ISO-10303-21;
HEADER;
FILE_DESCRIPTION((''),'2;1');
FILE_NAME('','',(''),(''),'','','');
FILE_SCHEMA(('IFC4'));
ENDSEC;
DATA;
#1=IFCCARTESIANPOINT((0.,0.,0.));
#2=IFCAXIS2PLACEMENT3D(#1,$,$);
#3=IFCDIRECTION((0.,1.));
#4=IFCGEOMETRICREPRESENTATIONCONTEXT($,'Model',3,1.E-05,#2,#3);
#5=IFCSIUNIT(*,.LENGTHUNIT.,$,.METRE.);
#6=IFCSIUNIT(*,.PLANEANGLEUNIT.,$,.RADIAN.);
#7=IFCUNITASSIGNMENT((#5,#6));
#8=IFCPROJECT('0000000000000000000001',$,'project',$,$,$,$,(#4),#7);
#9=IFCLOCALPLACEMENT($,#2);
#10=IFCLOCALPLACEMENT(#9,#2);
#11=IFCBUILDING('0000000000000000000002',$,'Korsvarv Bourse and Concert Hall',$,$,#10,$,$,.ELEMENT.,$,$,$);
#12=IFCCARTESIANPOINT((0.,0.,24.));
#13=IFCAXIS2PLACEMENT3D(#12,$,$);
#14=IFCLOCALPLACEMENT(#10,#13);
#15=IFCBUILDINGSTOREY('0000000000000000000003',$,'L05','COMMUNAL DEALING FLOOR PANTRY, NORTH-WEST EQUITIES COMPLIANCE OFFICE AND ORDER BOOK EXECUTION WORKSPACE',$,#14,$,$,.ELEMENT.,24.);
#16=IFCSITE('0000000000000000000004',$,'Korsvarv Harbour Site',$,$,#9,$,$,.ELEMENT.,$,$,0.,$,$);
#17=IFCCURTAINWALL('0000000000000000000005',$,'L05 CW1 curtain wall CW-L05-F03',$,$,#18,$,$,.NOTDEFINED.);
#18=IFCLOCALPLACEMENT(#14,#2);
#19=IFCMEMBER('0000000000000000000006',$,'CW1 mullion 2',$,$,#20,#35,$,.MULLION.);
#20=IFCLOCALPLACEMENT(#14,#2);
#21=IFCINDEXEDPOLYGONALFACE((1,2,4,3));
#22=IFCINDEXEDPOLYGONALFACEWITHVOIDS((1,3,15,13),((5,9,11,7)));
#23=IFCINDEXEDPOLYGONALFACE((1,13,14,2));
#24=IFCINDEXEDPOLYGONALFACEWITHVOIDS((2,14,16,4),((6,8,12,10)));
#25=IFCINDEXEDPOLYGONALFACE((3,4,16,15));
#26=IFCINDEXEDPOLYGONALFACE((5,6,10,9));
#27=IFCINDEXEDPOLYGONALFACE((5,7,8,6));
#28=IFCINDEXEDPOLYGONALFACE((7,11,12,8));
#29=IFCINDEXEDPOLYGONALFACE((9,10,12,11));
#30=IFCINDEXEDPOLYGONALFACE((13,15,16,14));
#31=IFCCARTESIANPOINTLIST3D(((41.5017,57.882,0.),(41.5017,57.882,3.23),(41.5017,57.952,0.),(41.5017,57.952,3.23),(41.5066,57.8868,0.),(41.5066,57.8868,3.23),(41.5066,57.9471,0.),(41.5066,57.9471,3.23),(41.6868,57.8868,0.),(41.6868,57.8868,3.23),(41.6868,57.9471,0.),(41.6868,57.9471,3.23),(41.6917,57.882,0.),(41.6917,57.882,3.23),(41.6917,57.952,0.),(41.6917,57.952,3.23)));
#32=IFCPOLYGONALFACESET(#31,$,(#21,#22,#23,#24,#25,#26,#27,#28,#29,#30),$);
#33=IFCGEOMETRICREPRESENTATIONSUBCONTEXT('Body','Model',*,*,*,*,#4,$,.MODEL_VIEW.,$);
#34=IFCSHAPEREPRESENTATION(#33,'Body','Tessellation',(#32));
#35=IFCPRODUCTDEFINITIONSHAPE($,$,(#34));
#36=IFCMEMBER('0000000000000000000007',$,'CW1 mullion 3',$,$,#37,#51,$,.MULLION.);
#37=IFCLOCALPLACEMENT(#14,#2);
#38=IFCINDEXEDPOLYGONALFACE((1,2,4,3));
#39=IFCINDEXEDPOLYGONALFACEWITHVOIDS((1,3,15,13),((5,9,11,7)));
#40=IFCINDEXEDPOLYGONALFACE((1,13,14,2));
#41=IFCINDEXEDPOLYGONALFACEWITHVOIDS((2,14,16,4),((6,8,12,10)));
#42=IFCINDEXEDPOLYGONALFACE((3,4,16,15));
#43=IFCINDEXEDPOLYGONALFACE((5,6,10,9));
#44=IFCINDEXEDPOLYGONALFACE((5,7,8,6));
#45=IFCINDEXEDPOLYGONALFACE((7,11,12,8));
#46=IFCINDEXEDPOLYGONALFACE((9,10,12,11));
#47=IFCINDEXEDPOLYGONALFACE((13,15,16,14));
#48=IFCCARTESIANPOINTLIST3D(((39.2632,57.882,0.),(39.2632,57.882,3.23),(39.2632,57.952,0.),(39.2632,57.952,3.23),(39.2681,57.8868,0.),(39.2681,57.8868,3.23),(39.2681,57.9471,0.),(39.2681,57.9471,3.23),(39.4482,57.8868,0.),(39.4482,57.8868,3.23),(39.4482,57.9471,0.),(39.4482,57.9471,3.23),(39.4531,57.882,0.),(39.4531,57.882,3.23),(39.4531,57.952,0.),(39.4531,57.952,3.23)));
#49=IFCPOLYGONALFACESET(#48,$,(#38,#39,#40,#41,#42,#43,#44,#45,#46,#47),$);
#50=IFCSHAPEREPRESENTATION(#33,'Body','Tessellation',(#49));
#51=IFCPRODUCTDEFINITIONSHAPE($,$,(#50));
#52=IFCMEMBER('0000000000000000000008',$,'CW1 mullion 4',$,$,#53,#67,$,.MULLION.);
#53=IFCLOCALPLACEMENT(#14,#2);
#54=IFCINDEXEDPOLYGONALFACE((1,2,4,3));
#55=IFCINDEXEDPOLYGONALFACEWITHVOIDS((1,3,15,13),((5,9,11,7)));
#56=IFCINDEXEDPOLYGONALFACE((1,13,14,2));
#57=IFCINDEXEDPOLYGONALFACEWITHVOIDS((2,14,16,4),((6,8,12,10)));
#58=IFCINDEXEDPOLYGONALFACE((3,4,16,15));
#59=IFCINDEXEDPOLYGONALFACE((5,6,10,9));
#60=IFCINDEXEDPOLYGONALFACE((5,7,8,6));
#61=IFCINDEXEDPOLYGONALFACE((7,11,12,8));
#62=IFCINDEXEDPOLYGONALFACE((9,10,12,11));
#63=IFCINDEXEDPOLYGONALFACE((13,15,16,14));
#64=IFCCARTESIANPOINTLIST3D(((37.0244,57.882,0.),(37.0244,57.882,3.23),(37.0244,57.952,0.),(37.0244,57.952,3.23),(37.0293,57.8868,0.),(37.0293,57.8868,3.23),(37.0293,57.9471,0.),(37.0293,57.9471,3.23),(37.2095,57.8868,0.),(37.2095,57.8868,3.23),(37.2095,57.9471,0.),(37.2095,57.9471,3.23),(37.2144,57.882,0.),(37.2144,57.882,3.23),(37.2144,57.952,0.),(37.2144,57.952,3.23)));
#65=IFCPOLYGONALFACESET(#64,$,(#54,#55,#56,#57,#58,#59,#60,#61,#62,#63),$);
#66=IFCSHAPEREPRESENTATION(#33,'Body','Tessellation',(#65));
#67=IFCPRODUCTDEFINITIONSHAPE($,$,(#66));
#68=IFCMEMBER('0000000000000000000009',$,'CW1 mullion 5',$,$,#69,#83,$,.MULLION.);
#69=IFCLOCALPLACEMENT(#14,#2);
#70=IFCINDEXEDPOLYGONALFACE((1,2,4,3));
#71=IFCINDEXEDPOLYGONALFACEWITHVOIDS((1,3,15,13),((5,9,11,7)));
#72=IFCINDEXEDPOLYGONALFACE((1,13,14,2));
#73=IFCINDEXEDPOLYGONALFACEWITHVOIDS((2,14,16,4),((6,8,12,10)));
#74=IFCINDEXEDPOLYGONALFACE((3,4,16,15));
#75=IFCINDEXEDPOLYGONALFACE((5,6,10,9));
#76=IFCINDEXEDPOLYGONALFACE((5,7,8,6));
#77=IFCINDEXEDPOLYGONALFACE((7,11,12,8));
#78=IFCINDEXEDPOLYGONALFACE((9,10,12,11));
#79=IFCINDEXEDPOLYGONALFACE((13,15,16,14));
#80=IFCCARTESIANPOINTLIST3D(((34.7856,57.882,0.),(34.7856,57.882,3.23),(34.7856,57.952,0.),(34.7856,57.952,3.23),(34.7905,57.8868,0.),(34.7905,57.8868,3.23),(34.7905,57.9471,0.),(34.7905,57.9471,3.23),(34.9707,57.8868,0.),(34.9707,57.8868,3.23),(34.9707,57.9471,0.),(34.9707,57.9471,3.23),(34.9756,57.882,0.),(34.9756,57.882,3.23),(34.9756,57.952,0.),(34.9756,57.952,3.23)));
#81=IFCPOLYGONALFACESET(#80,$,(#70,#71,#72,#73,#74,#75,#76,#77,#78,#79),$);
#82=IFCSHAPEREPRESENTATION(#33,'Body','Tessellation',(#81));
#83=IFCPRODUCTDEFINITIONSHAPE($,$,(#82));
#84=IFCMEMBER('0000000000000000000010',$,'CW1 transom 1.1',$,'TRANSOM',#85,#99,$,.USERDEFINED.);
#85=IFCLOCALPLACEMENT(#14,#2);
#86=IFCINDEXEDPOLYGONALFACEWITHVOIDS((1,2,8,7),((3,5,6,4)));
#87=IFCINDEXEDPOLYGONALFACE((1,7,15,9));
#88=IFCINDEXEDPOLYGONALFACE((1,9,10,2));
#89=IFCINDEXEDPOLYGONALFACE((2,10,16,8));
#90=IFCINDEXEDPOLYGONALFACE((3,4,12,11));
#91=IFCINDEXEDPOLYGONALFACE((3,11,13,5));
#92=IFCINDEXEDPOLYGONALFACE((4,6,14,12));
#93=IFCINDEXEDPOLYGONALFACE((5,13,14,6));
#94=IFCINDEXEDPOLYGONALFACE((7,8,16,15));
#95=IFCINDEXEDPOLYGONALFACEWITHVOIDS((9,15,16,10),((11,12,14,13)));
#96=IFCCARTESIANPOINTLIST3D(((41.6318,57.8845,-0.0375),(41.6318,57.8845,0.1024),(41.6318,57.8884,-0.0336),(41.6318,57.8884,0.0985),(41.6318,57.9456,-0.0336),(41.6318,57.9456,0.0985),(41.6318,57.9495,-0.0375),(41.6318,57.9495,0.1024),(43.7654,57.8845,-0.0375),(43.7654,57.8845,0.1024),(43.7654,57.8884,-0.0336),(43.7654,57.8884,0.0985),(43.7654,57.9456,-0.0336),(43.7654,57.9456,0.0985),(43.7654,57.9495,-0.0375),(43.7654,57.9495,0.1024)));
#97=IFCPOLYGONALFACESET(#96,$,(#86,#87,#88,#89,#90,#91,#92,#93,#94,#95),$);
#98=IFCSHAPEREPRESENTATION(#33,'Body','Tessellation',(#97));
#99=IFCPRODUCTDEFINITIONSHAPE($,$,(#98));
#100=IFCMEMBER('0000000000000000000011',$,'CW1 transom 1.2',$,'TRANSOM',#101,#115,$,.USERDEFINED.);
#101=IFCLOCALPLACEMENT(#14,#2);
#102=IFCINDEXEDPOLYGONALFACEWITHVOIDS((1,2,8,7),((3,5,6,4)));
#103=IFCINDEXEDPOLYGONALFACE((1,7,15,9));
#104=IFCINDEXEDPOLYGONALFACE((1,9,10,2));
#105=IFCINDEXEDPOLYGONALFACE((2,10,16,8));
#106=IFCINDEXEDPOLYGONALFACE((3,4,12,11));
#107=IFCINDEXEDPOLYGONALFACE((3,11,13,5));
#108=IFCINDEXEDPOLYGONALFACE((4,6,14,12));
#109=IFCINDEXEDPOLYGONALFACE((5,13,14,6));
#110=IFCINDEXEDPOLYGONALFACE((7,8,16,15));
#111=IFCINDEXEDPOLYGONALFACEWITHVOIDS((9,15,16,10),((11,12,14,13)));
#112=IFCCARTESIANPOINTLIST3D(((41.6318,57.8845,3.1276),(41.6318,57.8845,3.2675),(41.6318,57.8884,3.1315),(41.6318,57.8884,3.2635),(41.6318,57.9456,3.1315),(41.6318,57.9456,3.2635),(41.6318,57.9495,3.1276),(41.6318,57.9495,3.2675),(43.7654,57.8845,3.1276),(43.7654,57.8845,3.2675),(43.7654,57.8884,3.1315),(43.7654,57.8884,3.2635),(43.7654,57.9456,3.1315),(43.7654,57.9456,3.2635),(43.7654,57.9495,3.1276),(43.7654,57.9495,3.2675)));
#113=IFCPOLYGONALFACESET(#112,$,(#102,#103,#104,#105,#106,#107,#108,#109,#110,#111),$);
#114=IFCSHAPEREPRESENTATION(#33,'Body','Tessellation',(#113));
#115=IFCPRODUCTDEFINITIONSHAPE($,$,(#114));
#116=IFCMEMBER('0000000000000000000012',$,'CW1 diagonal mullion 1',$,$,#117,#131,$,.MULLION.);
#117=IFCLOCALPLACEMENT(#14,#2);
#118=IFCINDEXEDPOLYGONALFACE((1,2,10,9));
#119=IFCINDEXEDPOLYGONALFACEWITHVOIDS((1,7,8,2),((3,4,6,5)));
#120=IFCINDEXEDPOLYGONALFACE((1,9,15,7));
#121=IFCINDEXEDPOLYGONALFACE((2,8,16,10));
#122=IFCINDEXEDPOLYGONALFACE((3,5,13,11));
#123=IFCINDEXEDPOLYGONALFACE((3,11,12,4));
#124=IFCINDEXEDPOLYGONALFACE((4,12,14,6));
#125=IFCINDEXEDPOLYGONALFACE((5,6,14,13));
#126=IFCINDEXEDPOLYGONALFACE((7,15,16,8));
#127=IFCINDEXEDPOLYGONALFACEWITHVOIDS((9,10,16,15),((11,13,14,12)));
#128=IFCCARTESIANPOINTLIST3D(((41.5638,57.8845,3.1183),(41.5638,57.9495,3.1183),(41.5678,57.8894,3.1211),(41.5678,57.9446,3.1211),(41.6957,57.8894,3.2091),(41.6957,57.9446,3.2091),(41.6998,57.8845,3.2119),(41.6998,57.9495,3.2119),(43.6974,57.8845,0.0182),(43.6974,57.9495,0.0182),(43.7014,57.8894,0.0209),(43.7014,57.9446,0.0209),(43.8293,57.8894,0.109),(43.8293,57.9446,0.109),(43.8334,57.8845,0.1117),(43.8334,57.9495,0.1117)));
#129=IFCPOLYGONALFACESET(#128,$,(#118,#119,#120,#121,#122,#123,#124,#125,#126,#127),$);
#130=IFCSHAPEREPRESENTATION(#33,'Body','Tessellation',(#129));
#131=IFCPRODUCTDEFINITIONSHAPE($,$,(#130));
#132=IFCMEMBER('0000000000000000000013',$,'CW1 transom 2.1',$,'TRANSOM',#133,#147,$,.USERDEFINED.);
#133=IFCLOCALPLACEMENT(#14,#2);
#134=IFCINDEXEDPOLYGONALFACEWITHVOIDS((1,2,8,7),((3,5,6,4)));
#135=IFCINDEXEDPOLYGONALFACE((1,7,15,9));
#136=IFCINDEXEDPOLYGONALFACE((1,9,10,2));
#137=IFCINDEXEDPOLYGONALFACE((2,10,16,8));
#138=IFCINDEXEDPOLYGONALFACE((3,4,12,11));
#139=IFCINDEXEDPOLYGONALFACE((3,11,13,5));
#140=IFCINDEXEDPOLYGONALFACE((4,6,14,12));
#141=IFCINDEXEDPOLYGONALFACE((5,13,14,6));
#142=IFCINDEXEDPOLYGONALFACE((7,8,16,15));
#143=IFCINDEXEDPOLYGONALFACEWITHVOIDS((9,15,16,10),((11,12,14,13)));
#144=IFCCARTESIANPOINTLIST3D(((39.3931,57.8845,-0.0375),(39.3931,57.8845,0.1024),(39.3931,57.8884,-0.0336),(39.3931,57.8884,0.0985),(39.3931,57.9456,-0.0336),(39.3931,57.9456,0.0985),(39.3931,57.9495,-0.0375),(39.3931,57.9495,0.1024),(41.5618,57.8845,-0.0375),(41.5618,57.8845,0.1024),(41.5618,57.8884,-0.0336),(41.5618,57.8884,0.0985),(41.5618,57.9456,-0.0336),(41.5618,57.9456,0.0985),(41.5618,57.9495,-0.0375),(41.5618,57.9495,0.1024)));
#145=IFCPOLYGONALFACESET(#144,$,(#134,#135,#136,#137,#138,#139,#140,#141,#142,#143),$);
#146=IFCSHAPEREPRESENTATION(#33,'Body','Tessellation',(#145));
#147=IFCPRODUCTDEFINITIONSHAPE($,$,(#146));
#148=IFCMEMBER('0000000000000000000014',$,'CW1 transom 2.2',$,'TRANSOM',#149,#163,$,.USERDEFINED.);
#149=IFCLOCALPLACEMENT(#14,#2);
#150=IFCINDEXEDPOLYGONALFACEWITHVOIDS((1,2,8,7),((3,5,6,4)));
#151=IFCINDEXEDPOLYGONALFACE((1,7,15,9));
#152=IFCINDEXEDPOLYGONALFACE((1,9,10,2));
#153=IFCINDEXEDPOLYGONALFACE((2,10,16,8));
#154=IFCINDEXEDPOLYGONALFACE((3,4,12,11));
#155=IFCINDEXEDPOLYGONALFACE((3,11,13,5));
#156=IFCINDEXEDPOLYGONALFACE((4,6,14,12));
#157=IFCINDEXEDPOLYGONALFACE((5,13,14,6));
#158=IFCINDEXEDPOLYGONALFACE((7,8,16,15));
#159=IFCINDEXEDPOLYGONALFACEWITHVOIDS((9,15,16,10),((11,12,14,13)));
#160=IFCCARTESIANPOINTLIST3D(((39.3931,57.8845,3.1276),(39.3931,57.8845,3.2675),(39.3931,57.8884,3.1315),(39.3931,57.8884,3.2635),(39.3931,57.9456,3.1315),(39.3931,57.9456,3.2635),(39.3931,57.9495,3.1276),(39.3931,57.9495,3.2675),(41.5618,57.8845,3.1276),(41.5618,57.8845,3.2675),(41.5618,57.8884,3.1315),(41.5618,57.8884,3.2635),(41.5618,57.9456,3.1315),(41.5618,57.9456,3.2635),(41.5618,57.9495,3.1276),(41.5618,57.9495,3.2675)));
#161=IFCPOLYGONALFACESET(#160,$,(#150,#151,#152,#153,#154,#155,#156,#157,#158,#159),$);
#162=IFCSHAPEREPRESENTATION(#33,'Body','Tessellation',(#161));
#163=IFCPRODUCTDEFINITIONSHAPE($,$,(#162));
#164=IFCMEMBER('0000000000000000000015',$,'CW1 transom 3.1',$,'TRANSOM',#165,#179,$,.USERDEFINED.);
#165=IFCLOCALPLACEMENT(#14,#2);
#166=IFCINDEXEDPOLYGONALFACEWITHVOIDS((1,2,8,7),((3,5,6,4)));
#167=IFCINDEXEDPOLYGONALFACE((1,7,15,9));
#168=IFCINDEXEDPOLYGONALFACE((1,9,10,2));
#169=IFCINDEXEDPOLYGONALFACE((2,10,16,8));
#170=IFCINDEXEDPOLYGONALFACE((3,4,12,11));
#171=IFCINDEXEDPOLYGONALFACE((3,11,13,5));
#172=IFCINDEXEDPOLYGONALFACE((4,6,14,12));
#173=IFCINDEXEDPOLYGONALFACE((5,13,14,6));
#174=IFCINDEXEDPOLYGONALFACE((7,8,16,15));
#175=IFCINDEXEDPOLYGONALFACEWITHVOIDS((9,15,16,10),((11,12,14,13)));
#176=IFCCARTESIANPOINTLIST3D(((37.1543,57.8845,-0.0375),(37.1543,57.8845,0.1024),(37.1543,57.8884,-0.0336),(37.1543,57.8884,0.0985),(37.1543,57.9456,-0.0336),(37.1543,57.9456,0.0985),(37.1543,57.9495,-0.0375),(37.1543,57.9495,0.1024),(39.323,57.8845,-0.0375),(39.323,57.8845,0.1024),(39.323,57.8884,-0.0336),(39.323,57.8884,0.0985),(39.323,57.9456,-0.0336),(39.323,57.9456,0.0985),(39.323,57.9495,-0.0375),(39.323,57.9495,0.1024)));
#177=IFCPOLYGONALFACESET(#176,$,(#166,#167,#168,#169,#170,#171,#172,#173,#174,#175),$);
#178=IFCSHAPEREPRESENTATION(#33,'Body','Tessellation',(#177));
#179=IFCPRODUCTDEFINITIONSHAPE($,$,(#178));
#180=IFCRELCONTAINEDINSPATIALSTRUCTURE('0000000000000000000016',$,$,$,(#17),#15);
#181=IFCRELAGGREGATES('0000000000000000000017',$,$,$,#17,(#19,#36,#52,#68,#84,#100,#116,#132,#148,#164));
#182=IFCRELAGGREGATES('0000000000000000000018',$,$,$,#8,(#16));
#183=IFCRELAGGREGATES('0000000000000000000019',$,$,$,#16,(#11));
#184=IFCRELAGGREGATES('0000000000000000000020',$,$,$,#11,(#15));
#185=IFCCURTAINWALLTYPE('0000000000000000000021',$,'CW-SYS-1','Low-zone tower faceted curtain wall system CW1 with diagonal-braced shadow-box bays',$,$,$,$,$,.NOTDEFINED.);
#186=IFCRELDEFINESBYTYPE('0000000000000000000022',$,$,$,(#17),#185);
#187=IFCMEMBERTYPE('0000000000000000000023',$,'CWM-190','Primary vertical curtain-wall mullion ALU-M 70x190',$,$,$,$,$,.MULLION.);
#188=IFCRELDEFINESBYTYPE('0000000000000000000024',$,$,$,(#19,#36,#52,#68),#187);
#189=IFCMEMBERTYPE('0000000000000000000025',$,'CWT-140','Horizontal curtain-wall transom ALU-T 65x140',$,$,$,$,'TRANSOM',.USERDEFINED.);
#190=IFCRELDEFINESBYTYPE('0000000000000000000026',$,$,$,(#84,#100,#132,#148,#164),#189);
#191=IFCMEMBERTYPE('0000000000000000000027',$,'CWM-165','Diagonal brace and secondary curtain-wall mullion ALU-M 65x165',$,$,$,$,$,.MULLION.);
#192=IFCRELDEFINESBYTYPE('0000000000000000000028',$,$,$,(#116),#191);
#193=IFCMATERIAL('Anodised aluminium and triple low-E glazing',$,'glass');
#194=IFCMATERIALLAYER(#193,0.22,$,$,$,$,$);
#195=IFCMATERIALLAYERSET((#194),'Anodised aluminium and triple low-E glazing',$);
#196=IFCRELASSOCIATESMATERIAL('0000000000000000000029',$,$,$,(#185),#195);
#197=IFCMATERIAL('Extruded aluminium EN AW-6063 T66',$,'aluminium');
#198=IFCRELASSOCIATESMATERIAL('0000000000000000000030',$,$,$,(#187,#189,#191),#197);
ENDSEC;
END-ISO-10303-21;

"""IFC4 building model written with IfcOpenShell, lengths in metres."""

from ifc_helpers import new_model, si_unit, direction, frame, origin, origin_2d, place, context, subcontext, project, spatial, hollow_rectangle, extrude, source, transform, mapped, material, layer, layer_set, material_profile, profile_set, type_object, element, aggregate, save


model = new_model("IFC4")

# Units and contexts
model_context = context("Model", 3, precision=1e-05, world=origin(), true_north=direction((0.0, 1.0)))
body_context = subcontext(model_context, "Body", "Model", "MODEL_VIEW")
ifc_project = project(units=[si_unit("LENGTHUNIT", "METRE"), si_unit("PLANEANGLEUNIT", "RADIAN")], contexts=[model_context])

# Site, building, storey
site_placement = place(None, origin())
site = spatial("IfcSite", under=ifc_project, at=site_placement, Name="Korsvarv Harbour Site", CompositionType="ELEMENT", RefElevation=0.0)
building_placement = place(site_placement, origin())
building = spatial("IfcBuilding", under=site, at=building_placement, Name="Korsvarv Bourse and Concert Hall", CompositionType="ELEMENT")
storey_placement = place(building_placement, frame((0.0, 0.0, 24.0)))
storey = spatial("IfcBuildingStorey", under=building, at=storey_placement, Name="L05", Description="COMMUNAL DEALING FLOOR PANTRY, NORTH-WEST EQUITIES COMPLIANCE OFFICE AND ORDER BOOK EXECUTION WORKSPACE", CompositionType="ELEMENT", Elevation=24.0)

# Curtain wall, members
ifc_material_1 = material(Name="Anodised aluminium and triple low-E glazing", Category="glass")
ifc_layer_1 = layer(ifc_material_1, 0.22)
ifc_layer_set_1 = layer_set([ifc_layer_1], Name="Anodised aluminium and triple low-E glazing")
curtain_wall_type = type_object("IfcCurtainWallType", Name="CW-SYS-1", Description="Low-zone tower faceted curtain wall system CW1 with diagonal-braced shadow-box bays", PredefinedType="NOTDEFINED", material=ifc_layer_set_1)
curtain_wall_placement = place(storey_placement, origin())
curtain_wall = element("IfcCurtainWall", 1, at=curtain_wall_placement, inside=storey, type_object=curtain_wall_type, Name="L05 CW1 curtain wall CW-L05-F03", PredefinedType="NOTDEFINED")
ifc_material_2 = material(Name="Extruded aluminium EN AW-6063 T66", Category="aluminium")
ifc_material_profile_1 = material_profile(ifc_material_2, hollow_rectangle(XDim=0.0701, YDim=0.1899, WallThickness=0.0049, at=origin_2d()), Name="ALU-M 70x190")
ifc_profile_set_1 = profile_set([ifc_material_profile_1], Name="Extruded aluminium EN AW-6063 T66")
member_type_1 = type_object("IfcMemberType", Name="CWM-190", Description="Primary vertical curtain-wall mullion ALU-M 70x190", PredefinedType="MULLION", material=ifc_profile_set_1)
shared_shape_1 = source(origin(), body_context, "Body", "SweptSolid", [
    extrude(hollow_rectangle(XDim=0.0701, YDim=0.1899, WallThickness=0.0049, at=origin_2d()), origin(), (0.0, 0.0, 1.0), 3.23),
])
member_1_placement = place(storey_placement, frame((41.5967, 57.917, 0.0), z_axis=(0.0, 0.0, 1.0), x_axis=(0.0, -1.0, 0.0)))
member_1 = element("IfcMember", 2, at=member_1_placement, type_object=member_type_1, Name="CW1 mullion 2", PredefinedType="MULLION", context=body_context, shape_type="MappedRepresentation", body=[
    mapped(shared_shape_1, transform((0.0, 0.0, 0.0), scale=1.0)),
])
member_2_placement = place(storey_placement, frame((39.3582, 57.917, 0.0), z_axis=(0.0, 0.0, 1.0), x_axis=(0.0, -1.0, 0.0)))
member_2 = element("IfcMember", 3, at=member_2_placement, type_object=member_type_1, Name="CW1 mullion 3", PredefinedType="MULLION", context=body_context, shape_type="MappedRepresentation", body=[
    mapped(shared_shape_1, transform((0.0, 0.0, 0.0), scale=1.0)),
])
member_3_placement = place(storey_placement, frame((37.1194, 57.917, 0.0), z_axis=(0.0, 0.0, 1.0), x_axis=(0.0, -1.0, 0.0)))
member_3 = element("IfcMember", 4, at=member_3_placement, type_object=member_type_1, Name="CW1 mullion 4", PredefinedType="MULLION", context=body_context, shape_type="MappedRepresentation", body=[
    mapped(shared_shape_1, transform((0.0, 0.0, 0.0), scale=1.0)),
])
member_4_placement = place(storey_placement, frame((34.8806, 57.917, 0.0), z_axis=(0.0, 0.0, 1.0), x_axis=(0.0, -1.0, 0.0)))
member_4 = element("IfcMember", 5, at=member_4_placement, type_object=member_type_1, Name="CW1 mullion 5", PredefinedType="MULLION", context=body_context, shape_type="MappedRepresentation", body=[
    mapped(shared_shape_1, transform((0.0, 0.0, 0.0), scale=1.0)),
])
ifc_material_profile_2 = material_profile(ifc_material_2, hollow_rectangle(XDim=0.0649, YDim=0.1399, WallThickness=0.0039, at=origin_2d()), Name="ALU-T 65x140")
ifc_profile_set_2 = profile_set([ifc_material_profile_2], Name="Extruded aluminium EN AW-6063 T66")
member_type_2 = type_object("IfcMemberType", Name="CWT-140", Description="Horizontal curtain-wall transom ALU-T 65x140", ElementType="TRANSOM", PredefinedType="USERDEFINED", material=ifc_profile_set_2)
shared_shape_2 = source(origin(), body_context, "Body", "SweptSolid", [
    extrude(hollow_rectangle(XDim=0.0649, YDim=0.1399, WallThickness=0.0039, at=origin_2d()), origin(), (0.0, 0.0, 1.0), 2.1335),
])
member_5_placement = place(storey_placement, frame((43.7654, 57.917, 0.0325), z_axis=(-1.0, 0.0, 0.0), x_axis=(0.0, -1.0, 0.0)))
member_5 = element("IfcMember", 6, at=member_5_placement, type_object=member_type_2, Name="CW1 transom 1.1", ObjectType="TRANSOM", PredefinedType="USERDEFINED", context=body_context, shape_type="MappedRepresentation", body=[
    mapped(shared_shape_2, transform((0.0, 0.0, 0.0), scale=1.0)),
])
member_6_placement = place(storey_placement, frame((43.7654, 57.917, 3.1975), z_axis=(-1.0, 0.0, 0.0), x_axis=(0.0, -1.0, 0.0)))
member_6 = element("IfcMember", 7, at=member_6_placement, type_object=member_type_2, Name="CW1 transom 1.2", ObjectType="TRANSOM", PredefinedType="USERDEFINED", context=body_context, shape_type="MappedRepresentation", body=[
    mapped(shared_shape_2, transform((0.0, 0.0, 0.0), scale=1.0)),
])
ifc_material_profile_3 = material_profile(ifc_material_2, hollow_rectangle(XDim=0.0649, YDim=0.165, WallThickness=0.0049, at=origin_2d()), Name="ALU-M 65x165")
ifc_profile_set_3 = profile_set([ifc_material_profile_3], Name="Extruded aluminium EN AW-6063 T66")
member_type_3 = type_object("IfcMemberType", Name="CWM-165", Description="Diagonal brace and secondary curtain-wall mullion ALU-M 65x165", PredefinedType="MULLION", material=ifc_profile_set_3)
shared_shape_3 = source(origin(), body_context, "Body", "SweptSolid", [
    extrude(hollow_rectangle(XDim=0.0649, YDim=0.165, WallThickness=0.0049, at=origin_2d()), origin(), (0.0, 0.0, 1.0), 3.7634),
])
member_7_placement = place(storey_placement, frame((43.7654, 57.917, 0.0649), z_axis=(-0.566931, 0.0, 0.823765), x_axis=(0.0, -1.0, 0.0)))
member_7 = element("IfcMember", 8, at=member_7_placement, type_object=member_type_3, Name="CW1 diagonal mullion 1", PredefinedType="MULLION", context=body_context, shape_type="MappedRepresentation", body=[
    mapped(shared_shape_3, transform((0.0, 0.0, 0.0), scale=1.0)),
])
shared_shape_4 = source(origin(), body_context, "Body", "SweptSolid", [
    extrude(hollow_rectangle(XDim=0.0649, YDim=0.1399, WallThickness=0.0039, at=origin_2d()), origin(), (0.0, 0.0, 1.0), 2.1687),
])
member_8_placement = place(storey_placement, frame((41.5618, 57.917, 0.0325), z_axis=(-1.0, 0.0, 0.0), x_axis=(0.0, -1.0, 0.0)))
member_8 = element("IfcMember", 9, at=member_8_placement, type_object=member_type_2, Name="CW1 transom 2.1", ObjectType="TRANSOM", PredefinedType="USERDEFINED", context=body_context, shape_type="MappedRepresentation", body=[
    mapped(shared_shape_4, transform((0.0, 0.0, 0.0), scale=1.0)),
])
member_9_placement = place(storey_placement, frame((41.5618, 57.917, 3.1975), z_axis=(-1.0, 0.0, 0.0), x_axis=(0.0, -1.0, 0.0)))
member_9 = element("IfcMember", 10, at=member_9_placement, type_object=member_type_2, Name="CW1 transom 2.2", ObjectType="TRANSOM", PredefinedType="USERDEFINED", context=body_context, shape_type="MappedRepresentation", body=[
    mapped(shared_shape_4, transform((0.0, 0.0, 0.0), scale=1.0)),
])
member_10_placement = place(storey_placement, frame((39.323, 57.917, 0.0325), z_axis=(-1.0, 0.0, 0.0), x_axis=(0.0, -1.0, 0.0)))
member_10 = element("IfcMember", 11, at=member_10_placement, type_object=member_type_2, Name="CW1 transom 3.1", ObjectType="TRANSOM", PredefinedType="USERDEFINED", context=body_context, shape_type="MappedRepresentation", body=[
    mapped(shared_shape_4, transform((0.0, 0.0, 0.0), scale=1.0)),
])
aggregate(curtain_wall, [member_1, member_2, member_3, member_4, member_5, member_6, member_7, member_8, member_9, member_10])

save(model, "model.ifc")
